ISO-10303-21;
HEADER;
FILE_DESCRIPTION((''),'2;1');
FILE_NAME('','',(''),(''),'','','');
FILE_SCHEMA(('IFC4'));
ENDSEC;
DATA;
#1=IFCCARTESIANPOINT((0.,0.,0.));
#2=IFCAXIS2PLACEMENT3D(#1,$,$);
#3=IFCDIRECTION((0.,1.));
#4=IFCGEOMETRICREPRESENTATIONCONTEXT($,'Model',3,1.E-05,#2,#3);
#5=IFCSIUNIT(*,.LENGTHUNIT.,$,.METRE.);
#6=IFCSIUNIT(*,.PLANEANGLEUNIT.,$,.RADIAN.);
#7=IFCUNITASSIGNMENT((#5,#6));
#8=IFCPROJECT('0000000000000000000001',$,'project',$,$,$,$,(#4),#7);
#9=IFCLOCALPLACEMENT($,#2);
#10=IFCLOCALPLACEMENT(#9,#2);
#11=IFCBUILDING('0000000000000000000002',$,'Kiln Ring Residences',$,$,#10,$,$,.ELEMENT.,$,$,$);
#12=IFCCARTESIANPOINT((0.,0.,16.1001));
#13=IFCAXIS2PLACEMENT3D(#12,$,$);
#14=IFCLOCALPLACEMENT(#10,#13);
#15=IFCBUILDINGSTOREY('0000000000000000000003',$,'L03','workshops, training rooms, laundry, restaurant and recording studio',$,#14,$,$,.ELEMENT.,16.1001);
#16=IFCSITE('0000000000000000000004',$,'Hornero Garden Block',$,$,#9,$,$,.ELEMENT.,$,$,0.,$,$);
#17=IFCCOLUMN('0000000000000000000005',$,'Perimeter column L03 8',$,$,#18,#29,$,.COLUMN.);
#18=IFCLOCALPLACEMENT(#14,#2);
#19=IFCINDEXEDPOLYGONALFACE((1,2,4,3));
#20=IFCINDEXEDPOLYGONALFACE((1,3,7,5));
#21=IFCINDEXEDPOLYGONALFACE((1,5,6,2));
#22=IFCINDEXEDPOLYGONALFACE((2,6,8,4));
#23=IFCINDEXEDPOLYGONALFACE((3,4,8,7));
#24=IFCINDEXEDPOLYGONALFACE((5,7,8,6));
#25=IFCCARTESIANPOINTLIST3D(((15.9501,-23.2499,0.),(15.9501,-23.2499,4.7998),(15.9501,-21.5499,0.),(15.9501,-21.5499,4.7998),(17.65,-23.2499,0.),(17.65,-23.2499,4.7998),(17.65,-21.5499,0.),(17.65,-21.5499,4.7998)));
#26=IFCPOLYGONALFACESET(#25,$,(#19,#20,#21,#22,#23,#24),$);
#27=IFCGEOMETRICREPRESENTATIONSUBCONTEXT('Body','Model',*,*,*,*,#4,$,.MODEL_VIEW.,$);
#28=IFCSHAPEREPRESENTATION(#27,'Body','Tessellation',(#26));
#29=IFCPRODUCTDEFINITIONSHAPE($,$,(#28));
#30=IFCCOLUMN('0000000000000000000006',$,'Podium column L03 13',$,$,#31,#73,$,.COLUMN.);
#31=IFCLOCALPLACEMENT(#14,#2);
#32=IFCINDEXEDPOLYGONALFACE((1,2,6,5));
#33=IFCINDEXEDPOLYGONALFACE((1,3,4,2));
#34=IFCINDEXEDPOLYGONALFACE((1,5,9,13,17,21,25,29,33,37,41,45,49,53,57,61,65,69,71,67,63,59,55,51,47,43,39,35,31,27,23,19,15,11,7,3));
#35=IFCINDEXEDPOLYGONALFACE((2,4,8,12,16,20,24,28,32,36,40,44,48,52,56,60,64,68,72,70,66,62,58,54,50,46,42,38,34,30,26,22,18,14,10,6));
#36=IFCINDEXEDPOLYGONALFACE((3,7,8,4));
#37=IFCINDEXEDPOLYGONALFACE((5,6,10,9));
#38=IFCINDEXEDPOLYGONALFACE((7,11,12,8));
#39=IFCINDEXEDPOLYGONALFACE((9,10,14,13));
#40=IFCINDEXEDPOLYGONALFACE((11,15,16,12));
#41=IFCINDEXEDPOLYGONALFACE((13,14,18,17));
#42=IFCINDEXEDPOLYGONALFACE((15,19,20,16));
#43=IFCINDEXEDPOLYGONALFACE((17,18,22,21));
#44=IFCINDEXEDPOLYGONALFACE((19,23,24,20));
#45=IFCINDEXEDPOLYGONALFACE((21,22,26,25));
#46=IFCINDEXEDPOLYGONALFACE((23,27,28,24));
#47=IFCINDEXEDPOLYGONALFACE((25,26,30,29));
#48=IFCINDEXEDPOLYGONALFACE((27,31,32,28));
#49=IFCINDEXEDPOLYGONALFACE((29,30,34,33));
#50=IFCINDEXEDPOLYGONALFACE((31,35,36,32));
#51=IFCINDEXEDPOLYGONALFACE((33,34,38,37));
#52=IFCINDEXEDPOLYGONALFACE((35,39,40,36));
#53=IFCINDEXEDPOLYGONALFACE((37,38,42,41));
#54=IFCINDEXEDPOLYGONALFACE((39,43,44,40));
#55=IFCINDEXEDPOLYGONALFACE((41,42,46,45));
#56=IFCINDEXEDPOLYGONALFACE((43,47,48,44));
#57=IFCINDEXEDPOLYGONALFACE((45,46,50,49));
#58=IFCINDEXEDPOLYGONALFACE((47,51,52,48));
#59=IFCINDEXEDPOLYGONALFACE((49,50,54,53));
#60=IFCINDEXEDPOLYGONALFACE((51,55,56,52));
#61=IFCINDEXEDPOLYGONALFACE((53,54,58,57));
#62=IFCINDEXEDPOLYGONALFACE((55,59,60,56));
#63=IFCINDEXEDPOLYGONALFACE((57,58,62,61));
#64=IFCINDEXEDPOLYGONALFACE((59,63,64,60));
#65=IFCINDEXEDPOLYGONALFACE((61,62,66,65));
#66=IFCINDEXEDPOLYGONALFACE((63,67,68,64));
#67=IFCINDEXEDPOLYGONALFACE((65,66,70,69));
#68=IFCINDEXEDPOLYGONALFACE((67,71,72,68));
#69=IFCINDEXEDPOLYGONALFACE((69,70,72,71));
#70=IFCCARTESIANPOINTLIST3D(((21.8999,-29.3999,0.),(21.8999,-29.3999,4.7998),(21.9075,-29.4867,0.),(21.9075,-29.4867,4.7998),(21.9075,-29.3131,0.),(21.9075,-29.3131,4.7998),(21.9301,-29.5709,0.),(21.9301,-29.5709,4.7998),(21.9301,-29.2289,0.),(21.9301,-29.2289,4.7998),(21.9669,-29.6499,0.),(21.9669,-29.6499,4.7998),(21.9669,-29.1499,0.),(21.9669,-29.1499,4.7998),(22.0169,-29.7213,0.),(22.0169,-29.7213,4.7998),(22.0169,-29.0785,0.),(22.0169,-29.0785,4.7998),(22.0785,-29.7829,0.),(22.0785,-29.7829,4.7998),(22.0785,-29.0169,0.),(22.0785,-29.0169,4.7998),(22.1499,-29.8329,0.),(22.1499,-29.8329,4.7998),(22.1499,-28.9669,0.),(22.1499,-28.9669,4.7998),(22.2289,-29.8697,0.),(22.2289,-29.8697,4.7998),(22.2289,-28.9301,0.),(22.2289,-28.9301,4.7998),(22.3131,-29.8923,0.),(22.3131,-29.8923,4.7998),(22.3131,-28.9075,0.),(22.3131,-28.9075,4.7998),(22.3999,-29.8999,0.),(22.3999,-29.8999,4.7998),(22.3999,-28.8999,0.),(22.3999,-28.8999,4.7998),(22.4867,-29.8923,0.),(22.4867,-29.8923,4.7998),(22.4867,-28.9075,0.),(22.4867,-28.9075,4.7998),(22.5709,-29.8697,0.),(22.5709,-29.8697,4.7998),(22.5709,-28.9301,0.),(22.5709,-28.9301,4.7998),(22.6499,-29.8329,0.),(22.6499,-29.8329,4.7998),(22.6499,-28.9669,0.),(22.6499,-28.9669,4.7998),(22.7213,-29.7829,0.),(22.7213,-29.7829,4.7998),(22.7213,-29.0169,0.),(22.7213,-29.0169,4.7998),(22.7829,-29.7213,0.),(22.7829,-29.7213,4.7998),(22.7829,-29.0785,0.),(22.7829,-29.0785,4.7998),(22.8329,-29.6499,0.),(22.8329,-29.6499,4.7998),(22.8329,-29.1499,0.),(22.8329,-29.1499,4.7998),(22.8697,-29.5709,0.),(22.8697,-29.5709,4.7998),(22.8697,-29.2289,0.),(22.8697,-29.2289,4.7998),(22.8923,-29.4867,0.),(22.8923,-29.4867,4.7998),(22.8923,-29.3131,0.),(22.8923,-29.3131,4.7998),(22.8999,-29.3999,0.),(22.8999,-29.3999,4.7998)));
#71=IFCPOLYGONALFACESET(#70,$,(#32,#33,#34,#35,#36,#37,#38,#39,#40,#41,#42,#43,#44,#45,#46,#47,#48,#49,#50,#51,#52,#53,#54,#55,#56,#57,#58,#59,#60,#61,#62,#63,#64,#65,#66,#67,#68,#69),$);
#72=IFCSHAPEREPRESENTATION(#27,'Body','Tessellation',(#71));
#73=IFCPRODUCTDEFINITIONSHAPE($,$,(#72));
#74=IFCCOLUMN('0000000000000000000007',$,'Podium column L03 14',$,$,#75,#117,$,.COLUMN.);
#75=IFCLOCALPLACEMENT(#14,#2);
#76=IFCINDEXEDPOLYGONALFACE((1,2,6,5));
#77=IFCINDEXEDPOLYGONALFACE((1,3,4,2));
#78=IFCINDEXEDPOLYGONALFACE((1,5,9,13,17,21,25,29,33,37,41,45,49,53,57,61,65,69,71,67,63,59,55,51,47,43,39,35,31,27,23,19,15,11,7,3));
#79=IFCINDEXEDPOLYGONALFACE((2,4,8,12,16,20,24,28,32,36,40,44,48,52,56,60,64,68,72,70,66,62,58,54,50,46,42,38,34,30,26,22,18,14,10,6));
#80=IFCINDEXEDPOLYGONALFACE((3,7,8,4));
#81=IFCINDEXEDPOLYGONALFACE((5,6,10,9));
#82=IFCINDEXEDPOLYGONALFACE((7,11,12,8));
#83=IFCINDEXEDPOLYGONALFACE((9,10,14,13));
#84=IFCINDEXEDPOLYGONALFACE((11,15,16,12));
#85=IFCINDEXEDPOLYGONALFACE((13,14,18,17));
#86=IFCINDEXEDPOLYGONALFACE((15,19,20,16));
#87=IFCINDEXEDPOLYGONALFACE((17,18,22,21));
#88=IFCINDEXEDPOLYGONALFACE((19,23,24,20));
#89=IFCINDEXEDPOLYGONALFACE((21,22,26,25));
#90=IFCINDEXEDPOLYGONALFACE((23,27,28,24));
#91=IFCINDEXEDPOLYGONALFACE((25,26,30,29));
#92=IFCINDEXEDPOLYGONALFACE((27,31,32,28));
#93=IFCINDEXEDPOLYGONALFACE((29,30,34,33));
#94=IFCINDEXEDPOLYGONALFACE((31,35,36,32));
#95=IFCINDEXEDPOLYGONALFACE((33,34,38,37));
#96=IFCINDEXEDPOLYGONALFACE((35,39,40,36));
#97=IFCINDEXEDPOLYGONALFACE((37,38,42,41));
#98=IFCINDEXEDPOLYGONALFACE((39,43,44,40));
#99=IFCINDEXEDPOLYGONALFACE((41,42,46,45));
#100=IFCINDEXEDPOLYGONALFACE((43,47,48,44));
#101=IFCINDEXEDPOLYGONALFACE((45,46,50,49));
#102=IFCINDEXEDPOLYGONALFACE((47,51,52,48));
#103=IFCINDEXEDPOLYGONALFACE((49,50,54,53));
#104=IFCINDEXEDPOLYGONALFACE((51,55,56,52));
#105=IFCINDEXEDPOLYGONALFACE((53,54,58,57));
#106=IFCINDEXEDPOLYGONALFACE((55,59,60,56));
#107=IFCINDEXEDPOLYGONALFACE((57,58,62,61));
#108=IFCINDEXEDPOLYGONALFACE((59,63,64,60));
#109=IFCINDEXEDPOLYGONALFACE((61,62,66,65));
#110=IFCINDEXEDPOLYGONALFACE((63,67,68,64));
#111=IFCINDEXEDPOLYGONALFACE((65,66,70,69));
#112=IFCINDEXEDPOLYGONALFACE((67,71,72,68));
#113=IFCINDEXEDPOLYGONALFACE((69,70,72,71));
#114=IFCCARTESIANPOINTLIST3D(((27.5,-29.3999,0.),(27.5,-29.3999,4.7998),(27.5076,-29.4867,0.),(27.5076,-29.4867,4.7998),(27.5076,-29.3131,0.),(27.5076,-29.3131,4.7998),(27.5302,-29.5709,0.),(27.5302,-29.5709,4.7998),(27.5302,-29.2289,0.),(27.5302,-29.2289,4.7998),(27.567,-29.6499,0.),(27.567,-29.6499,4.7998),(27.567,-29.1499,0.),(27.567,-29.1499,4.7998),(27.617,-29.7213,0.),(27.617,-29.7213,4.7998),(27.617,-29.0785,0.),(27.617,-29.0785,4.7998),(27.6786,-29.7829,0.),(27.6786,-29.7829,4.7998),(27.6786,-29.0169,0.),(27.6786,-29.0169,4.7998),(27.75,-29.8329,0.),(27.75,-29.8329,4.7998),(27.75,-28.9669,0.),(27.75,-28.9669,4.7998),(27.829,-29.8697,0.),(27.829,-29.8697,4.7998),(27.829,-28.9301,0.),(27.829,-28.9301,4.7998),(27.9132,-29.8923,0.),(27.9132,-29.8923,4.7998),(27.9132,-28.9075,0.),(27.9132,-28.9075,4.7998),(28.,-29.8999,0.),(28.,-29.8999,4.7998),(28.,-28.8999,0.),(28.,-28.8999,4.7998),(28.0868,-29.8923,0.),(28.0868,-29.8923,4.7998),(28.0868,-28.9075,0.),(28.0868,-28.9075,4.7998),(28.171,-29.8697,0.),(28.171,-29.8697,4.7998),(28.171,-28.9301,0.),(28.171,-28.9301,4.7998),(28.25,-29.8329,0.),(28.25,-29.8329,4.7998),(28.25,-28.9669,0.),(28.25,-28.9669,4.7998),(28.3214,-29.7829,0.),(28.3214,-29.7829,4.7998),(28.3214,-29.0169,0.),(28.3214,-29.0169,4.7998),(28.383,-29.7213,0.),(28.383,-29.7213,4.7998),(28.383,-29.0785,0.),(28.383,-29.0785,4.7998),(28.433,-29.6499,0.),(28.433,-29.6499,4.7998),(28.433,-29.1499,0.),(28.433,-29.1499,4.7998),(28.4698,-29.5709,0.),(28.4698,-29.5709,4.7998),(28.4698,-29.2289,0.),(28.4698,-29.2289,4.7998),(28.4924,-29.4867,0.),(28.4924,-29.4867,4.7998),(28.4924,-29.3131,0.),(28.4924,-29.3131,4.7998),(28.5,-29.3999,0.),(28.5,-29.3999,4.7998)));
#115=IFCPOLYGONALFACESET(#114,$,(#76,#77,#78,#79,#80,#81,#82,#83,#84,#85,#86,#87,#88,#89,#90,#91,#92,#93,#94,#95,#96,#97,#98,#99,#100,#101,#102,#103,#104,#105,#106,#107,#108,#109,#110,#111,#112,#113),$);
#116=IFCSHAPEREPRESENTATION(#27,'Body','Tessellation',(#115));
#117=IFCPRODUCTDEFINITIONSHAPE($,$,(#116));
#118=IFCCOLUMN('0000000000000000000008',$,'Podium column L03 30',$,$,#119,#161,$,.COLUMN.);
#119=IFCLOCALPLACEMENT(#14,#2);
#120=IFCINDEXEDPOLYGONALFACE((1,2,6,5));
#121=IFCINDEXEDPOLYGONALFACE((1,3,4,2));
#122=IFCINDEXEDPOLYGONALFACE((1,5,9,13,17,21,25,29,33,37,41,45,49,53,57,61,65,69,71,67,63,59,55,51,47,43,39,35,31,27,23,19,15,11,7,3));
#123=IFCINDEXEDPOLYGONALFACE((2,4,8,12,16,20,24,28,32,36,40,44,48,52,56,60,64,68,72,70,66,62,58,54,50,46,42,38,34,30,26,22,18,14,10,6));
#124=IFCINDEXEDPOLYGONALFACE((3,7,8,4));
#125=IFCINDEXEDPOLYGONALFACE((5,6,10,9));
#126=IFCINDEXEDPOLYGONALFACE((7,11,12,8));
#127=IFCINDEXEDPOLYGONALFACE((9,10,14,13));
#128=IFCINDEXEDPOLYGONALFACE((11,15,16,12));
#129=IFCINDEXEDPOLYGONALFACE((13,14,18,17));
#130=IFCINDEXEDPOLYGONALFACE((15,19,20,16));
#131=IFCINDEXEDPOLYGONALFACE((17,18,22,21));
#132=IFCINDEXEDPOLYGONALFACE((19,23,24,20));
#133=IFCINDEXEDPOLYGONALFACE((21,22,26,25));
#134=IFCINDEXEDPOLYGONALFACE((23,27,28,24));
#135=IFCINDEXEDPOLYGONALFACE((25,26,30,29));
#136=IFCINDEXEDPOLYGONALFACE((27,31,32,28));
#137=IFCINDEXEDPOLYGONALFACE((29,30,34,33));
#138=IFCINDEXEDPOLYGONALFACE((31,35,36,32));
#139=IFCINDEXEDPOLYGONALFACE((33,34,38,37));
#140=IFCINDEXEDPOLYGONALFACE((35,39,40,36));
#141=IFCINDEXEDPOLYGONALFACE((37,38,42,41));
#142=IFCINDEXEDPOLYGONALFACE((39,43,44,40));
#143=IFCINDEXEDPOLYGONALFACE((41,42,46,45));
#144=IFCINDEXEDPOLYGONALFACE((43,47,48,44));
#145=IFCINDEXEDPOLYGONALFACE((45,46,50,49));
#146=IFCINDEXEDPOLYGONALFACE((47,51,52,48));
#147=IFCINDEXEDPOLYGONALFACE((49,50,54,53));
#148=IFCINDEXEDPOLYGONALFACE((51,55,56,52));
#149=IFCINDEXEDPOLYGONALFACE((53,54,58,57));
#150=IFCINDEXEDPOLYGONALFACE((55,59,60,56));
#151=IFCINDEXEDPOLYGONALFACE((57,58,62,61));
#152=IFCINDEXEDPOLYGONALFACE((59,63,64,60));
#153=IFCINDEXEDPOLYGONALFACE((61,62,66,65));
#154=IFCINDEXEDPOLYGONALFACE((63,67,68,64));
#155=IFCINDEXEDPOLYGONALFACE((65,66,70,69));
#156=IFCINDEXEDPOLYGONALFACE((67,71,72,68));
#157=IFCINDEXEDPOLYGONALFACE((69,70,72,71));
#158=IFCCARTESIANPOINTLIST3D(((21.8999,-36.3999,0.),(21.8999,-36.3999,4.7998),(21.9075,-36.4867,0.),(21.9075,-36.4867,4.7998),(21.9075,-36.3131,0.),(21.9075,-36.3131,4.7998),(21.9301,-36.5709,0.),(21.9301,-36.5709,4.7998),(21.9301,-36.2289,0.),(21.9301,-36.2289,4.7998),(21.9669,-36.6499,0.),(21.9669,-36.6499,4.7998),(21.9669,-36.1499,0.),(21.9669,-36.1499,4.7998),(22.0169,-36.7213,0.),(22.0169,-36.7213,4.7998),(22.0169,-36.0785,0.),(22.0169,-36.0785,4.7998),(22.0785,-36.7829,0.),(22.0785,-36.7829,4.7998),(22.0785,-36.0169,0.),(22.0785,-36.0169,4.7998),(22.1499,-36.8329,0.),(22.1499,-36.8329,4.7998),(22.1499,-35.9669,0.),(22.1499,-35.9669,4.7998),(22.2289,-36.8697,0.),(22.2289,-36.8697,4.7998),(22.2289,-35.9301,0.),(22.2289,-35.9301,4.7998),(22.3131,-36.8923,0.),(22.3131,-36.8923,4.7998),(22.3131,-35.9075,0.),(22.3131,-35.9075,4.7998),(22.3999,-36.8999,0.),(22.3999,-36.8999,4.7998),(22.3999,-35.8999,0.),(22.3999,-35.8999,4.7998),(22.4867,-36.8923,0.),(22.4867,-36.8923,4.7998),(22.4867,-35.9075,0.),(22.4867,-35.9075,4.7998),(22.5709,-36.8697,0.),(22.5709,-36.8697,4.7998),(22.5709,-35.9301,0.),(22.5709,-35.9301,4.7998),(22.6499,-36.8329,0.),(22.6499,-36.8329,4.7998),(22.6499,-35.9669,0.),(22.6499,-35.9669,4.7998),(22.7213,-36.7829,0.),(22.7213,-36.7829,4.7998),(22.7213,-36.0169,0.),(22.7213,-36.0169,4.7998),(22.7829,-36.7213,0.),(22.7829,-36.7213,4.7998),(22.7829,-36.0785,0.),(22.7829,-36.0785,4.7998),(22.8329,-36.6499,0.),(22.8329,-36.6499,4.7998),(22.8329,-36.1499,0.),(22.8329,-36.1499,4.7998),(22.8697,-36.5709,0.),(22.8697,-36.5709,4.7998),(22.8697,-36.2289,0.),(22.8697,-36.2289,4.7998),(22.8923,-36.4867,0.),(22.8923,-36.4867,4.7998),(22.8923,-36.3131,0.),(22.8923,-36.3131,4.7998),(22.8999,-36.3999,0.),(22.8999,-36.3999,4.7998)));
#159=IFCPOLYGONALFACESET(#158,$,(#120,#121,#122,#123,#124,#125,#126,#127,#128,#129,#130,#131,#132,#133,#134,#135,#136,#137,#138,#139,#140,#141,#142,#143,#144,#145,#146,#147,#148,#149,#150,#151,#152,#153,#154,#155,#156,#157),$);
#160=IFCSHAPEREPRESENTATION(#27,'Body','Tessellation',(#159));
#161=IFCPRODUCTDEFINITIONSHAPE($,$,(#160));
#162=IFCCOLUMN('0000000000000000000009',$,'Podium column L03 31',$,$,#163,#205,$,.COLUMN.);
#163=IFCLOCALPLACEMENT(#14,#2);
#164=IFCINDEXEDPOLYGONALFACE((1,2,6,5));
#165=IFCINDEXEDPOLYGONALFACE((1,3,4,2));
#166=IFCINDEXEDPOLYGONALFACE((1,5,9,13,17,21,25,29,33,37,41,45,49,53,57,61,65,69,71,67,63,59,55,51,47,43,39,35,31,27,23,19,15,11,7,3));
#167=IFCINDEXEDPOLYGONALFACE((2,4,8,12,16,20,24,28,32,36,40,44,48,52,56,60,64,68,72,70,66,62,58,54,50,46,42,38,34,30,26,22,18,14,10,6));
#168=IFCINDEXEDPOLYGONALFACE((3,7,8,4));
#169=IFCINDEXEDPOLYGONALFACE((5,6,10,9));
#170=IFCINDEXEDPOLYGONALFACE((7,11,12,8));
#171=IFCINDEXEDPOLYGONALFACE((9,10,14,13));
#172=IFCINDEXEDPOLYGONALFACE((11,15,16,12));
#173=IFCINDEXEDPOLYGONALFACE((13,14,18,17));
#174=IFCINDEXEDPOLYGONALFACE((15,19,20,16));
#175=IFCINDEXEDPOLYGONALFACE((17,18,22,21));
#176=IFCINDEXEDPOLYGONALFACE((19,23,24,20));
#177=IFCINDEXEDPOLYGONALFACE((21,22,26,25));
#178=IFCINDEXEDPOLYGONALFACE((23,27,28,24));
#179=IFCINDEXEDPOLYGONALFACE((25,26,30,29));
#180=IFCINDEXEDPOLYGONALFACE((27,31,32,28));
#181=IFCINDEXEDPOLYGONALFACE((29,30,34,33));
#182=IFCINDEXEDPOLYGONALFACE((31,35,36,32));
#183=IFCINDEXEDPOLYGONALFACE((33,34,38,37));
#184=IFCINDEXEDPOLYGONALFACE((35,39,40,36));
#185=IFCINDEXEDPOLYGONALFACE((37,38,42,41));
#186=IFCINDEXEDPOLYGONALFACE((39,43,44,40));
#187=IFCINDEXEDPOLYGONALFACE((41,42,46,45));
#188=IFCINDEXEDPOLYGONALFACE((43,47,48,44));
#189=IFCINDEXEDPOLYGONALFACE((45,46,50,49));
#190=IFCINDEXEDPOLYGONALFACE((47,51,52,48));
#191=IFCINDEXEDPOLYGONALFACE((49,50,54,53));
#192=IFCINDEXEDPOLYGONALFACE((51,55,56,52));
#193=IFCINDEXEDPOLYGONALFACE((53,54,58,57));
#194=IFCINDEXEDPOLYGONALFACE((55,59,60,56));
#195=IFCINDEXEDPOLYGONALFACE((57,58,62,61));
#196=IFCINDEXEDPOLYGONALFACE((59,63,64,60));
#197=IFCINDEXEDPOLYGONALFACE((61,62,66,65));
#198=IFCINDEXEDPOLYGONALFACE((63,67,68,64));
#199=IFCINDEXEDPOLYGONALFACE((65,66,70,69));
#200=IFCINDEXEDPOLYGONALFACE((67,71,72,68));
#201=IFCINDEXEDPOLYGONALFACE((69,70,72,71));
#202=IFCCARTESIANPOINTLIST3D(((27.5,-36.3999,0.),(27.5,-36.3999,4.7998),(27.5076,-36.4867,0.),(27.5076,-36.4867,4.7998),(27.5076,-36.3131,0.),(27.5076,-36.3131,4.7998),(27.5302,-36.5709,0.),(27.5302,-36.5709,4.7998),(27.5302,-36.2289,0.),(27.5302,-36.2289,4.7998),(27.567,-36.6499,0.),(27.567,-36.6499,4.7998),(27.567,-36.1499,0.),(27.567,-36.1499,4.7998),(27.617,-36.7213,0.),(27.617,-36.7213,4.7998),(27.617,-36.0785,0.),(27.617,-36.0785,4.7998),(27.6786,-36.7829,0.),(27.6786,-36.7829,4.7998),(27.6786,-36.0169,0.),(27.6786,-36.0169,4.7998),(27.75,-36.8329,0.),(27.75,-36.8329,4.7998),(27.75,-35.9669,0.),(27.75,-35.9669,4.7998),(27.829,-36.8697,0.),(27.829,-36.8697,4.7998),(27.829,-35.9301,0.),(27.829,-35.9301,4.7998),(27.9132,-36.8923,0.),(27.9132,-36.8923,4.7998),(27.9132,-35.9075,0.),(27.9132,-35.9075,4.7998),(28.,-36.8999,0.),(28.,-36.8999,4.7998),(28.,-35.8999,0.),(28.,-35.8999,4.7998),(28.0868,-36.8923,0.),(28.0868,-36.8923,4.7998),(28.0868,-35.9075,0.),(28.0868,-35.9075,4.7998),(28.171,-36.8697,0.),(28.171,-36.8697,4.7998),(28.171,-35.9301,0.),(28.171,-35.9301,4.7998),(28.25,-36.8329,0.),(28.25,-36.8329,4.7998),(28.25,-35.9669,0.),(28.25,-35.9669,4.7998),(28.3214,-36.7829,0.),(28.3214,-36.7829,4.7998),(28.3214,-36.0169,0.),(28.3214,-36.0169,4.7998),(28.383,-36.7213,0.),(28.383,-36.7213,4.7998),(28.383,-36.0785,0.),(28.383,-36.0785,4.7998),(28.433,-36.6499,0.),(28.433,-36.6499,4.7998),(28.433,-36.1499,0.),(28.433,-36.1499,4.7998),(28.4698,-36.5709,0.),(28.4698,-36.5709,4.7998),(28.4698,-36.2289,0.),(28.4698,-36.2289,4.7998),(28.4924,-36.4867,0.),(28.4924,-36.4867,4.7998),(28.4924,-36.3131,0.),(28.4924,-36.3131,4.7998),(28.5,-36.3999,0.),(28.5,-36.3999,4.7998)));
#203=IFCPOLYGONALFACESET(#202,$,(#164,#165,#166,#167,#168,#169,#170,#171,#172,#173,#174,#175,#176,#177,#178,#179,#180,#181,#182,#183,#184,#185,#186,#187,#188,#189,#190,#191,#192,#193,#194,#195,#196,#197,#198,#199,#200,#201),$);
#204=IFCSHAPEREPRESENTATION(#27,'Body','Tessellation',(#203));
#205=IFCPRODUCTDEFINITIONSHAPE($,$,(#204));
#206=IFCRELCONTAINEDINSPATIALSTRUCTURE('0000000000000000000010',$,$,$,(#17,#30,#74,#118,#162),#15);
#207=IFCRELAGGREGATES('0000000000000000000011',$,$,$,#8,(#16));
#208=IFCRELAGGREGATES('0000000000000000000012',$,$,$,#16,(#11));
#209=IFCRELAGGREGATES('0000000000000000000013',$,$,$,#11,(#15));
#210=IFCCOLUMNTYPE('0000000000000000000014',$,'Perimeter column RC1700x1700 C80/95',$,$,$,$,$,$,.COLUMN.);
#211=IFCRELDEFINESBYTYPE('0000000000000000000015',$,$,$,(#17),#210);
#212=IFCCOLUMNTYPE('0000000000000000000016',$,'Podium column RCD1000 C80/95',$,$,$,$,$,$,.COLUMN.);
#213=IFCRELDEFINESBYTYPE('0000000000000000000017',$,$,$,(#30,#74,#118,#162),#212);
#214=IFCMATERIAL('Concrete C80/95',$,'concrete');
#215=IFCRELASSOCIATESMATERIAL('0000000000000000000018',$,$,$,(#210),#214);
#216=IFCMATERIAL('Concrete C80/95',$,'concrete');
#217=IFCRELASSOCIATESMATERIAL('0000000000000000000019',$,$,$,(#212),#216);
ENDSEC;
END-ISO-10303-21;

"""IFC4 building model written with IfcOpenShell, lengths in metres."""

from ifc_helpers import new_model, si_unit, direction, frame, origin, origin_2d, place, context, subcontext, project, spatial, rectangle, circle, extrude, material, material_profile, profile_set, type_object, element, save


model = new_model("IFC4")

# Units and contexts
model_context = context("Model", 3, precision=1e-05, world=origin(), true_north=direction((0.0, 1.0)))
body_context = subcontext(model_context, "Body", "Model", "MODEL_VIEW")
ifc_project = project(units=[si_unit("LENGTHUNIT", "METRE"), si_unit("PLANEANGLEUNIT", "RADIAN")], contexts=[model_context])

# Site, building, storey
site_placement = place(None, origin())
site = spatial("IfcSite", under=ifc_project, at=site_placement, Name="Hornero Garden Block", CompositionType="ELEMENT", RefElevation=0.0)
building_placement = place(site_placement, origin())
building = spatial("IfcBuilding", under=site, at=building_placement, Name="Kiln Ring Residences", CompositionType="ELEMENT")
storey_placement = place(building_placement, frame((0.0, 0.0, 16.1001)))
storey = spatial("IfcBuildingStorey", under=building, at=storey_placement, Name="L03", Description="workshops, training rooms, laundry, restaurant and recording studio", CompositionType="ELEMENT", Elevation=16.1001)

# Columns
ifc_material_1 = material(Name="Concrete C80/95", Category="concrete")
ifc_material_profile_1 = material_profile(ifc_material_1, rectangle(XDim=1.7, YDim=1.7, at=origin_2d()), Name="RC1700x1700")
ifc_profile_set_1 = profile_set([ifc_material_profile_1], Name="Concrete C80/95")
column_type_1 = type_object("IfcColumnType", Name="Perimeter column RC1700x1700 C80/95", PredefinedType="COLUMN", material=ifc_profile_set_1)
column_placement = place(storey_placement, frame((16.8, -22.3999, 0.0), z_axis=(0.0, 0.0, 1.0), x_axis=(1.0, 0.0, 0.0)))
element("IfcColumn", 1, at=column_placement, inside=storey, type_object=column_type_1, Name="Perimeter column L03 8", PredefinedType="COLUMN", context=body_context, shape_type="SweptSolid", body=[
    extrude(rectangle(XDim=1.7, YDim=1.7, at=origin_2d()), origin(), (0.0, 0.0, 1.0), 4.7998),
])
ifc_material_2 = material(Name="Concrete C80/95", Category="concrete")
ifc_material_profile_2 = material_profile(ifc_material_2, circle(Radius=0.5, at=origin_2d()), Name="RCD1000")
ifc_profile_set_2 = profile_set([ifc_material_profile_2], Name="Concrete C80/95")
column_type_2 = type_object("IfcColumnType", Name="Podium column RCD1000 C80/95", PredefinedType="COLUMN", material=ifc_profile_set_2)
for number, where, z_axis, x_axis, name in (
    (2, (22.3999, -29.3999, 0.0), (0.0, 0.0, 1.0), (1.0, 0.0, 0.0), "Podium column L03 13"),
    (3, (28.0, -29.3999, 0.0), (0.0, 0.0, 1.0), (1.0, 0.0, 0.0), "Podium column L03 14"),
    (4, (22.3999, -36.3999, 0.0), (0.0, 0.0, 1.0), (1.0, 0.0, 0.0), "Podium column L03 30"),
    (5, (28.0, -36.3999, 0.0), (0.0, 0.0, 1.0), (1.0, 0.0, 0.0), "Podium column L03 31"),
):
    element("IfcColumn", number, at=place(storey_placement, frame(where, z_axis=z_axis, x_axis=x_axis)), inside=storey, type_object=column_type_2, Name=name, PredefinedType="COLUMN", context=body_context, shape_type="SweptSolid", body=[
        extrude(circle(Radius=0.5, at=origin_2d()), origin(), (0.0, 0.0, 1.0), 4.7998),
    ])

save(model, "model.ifc")
